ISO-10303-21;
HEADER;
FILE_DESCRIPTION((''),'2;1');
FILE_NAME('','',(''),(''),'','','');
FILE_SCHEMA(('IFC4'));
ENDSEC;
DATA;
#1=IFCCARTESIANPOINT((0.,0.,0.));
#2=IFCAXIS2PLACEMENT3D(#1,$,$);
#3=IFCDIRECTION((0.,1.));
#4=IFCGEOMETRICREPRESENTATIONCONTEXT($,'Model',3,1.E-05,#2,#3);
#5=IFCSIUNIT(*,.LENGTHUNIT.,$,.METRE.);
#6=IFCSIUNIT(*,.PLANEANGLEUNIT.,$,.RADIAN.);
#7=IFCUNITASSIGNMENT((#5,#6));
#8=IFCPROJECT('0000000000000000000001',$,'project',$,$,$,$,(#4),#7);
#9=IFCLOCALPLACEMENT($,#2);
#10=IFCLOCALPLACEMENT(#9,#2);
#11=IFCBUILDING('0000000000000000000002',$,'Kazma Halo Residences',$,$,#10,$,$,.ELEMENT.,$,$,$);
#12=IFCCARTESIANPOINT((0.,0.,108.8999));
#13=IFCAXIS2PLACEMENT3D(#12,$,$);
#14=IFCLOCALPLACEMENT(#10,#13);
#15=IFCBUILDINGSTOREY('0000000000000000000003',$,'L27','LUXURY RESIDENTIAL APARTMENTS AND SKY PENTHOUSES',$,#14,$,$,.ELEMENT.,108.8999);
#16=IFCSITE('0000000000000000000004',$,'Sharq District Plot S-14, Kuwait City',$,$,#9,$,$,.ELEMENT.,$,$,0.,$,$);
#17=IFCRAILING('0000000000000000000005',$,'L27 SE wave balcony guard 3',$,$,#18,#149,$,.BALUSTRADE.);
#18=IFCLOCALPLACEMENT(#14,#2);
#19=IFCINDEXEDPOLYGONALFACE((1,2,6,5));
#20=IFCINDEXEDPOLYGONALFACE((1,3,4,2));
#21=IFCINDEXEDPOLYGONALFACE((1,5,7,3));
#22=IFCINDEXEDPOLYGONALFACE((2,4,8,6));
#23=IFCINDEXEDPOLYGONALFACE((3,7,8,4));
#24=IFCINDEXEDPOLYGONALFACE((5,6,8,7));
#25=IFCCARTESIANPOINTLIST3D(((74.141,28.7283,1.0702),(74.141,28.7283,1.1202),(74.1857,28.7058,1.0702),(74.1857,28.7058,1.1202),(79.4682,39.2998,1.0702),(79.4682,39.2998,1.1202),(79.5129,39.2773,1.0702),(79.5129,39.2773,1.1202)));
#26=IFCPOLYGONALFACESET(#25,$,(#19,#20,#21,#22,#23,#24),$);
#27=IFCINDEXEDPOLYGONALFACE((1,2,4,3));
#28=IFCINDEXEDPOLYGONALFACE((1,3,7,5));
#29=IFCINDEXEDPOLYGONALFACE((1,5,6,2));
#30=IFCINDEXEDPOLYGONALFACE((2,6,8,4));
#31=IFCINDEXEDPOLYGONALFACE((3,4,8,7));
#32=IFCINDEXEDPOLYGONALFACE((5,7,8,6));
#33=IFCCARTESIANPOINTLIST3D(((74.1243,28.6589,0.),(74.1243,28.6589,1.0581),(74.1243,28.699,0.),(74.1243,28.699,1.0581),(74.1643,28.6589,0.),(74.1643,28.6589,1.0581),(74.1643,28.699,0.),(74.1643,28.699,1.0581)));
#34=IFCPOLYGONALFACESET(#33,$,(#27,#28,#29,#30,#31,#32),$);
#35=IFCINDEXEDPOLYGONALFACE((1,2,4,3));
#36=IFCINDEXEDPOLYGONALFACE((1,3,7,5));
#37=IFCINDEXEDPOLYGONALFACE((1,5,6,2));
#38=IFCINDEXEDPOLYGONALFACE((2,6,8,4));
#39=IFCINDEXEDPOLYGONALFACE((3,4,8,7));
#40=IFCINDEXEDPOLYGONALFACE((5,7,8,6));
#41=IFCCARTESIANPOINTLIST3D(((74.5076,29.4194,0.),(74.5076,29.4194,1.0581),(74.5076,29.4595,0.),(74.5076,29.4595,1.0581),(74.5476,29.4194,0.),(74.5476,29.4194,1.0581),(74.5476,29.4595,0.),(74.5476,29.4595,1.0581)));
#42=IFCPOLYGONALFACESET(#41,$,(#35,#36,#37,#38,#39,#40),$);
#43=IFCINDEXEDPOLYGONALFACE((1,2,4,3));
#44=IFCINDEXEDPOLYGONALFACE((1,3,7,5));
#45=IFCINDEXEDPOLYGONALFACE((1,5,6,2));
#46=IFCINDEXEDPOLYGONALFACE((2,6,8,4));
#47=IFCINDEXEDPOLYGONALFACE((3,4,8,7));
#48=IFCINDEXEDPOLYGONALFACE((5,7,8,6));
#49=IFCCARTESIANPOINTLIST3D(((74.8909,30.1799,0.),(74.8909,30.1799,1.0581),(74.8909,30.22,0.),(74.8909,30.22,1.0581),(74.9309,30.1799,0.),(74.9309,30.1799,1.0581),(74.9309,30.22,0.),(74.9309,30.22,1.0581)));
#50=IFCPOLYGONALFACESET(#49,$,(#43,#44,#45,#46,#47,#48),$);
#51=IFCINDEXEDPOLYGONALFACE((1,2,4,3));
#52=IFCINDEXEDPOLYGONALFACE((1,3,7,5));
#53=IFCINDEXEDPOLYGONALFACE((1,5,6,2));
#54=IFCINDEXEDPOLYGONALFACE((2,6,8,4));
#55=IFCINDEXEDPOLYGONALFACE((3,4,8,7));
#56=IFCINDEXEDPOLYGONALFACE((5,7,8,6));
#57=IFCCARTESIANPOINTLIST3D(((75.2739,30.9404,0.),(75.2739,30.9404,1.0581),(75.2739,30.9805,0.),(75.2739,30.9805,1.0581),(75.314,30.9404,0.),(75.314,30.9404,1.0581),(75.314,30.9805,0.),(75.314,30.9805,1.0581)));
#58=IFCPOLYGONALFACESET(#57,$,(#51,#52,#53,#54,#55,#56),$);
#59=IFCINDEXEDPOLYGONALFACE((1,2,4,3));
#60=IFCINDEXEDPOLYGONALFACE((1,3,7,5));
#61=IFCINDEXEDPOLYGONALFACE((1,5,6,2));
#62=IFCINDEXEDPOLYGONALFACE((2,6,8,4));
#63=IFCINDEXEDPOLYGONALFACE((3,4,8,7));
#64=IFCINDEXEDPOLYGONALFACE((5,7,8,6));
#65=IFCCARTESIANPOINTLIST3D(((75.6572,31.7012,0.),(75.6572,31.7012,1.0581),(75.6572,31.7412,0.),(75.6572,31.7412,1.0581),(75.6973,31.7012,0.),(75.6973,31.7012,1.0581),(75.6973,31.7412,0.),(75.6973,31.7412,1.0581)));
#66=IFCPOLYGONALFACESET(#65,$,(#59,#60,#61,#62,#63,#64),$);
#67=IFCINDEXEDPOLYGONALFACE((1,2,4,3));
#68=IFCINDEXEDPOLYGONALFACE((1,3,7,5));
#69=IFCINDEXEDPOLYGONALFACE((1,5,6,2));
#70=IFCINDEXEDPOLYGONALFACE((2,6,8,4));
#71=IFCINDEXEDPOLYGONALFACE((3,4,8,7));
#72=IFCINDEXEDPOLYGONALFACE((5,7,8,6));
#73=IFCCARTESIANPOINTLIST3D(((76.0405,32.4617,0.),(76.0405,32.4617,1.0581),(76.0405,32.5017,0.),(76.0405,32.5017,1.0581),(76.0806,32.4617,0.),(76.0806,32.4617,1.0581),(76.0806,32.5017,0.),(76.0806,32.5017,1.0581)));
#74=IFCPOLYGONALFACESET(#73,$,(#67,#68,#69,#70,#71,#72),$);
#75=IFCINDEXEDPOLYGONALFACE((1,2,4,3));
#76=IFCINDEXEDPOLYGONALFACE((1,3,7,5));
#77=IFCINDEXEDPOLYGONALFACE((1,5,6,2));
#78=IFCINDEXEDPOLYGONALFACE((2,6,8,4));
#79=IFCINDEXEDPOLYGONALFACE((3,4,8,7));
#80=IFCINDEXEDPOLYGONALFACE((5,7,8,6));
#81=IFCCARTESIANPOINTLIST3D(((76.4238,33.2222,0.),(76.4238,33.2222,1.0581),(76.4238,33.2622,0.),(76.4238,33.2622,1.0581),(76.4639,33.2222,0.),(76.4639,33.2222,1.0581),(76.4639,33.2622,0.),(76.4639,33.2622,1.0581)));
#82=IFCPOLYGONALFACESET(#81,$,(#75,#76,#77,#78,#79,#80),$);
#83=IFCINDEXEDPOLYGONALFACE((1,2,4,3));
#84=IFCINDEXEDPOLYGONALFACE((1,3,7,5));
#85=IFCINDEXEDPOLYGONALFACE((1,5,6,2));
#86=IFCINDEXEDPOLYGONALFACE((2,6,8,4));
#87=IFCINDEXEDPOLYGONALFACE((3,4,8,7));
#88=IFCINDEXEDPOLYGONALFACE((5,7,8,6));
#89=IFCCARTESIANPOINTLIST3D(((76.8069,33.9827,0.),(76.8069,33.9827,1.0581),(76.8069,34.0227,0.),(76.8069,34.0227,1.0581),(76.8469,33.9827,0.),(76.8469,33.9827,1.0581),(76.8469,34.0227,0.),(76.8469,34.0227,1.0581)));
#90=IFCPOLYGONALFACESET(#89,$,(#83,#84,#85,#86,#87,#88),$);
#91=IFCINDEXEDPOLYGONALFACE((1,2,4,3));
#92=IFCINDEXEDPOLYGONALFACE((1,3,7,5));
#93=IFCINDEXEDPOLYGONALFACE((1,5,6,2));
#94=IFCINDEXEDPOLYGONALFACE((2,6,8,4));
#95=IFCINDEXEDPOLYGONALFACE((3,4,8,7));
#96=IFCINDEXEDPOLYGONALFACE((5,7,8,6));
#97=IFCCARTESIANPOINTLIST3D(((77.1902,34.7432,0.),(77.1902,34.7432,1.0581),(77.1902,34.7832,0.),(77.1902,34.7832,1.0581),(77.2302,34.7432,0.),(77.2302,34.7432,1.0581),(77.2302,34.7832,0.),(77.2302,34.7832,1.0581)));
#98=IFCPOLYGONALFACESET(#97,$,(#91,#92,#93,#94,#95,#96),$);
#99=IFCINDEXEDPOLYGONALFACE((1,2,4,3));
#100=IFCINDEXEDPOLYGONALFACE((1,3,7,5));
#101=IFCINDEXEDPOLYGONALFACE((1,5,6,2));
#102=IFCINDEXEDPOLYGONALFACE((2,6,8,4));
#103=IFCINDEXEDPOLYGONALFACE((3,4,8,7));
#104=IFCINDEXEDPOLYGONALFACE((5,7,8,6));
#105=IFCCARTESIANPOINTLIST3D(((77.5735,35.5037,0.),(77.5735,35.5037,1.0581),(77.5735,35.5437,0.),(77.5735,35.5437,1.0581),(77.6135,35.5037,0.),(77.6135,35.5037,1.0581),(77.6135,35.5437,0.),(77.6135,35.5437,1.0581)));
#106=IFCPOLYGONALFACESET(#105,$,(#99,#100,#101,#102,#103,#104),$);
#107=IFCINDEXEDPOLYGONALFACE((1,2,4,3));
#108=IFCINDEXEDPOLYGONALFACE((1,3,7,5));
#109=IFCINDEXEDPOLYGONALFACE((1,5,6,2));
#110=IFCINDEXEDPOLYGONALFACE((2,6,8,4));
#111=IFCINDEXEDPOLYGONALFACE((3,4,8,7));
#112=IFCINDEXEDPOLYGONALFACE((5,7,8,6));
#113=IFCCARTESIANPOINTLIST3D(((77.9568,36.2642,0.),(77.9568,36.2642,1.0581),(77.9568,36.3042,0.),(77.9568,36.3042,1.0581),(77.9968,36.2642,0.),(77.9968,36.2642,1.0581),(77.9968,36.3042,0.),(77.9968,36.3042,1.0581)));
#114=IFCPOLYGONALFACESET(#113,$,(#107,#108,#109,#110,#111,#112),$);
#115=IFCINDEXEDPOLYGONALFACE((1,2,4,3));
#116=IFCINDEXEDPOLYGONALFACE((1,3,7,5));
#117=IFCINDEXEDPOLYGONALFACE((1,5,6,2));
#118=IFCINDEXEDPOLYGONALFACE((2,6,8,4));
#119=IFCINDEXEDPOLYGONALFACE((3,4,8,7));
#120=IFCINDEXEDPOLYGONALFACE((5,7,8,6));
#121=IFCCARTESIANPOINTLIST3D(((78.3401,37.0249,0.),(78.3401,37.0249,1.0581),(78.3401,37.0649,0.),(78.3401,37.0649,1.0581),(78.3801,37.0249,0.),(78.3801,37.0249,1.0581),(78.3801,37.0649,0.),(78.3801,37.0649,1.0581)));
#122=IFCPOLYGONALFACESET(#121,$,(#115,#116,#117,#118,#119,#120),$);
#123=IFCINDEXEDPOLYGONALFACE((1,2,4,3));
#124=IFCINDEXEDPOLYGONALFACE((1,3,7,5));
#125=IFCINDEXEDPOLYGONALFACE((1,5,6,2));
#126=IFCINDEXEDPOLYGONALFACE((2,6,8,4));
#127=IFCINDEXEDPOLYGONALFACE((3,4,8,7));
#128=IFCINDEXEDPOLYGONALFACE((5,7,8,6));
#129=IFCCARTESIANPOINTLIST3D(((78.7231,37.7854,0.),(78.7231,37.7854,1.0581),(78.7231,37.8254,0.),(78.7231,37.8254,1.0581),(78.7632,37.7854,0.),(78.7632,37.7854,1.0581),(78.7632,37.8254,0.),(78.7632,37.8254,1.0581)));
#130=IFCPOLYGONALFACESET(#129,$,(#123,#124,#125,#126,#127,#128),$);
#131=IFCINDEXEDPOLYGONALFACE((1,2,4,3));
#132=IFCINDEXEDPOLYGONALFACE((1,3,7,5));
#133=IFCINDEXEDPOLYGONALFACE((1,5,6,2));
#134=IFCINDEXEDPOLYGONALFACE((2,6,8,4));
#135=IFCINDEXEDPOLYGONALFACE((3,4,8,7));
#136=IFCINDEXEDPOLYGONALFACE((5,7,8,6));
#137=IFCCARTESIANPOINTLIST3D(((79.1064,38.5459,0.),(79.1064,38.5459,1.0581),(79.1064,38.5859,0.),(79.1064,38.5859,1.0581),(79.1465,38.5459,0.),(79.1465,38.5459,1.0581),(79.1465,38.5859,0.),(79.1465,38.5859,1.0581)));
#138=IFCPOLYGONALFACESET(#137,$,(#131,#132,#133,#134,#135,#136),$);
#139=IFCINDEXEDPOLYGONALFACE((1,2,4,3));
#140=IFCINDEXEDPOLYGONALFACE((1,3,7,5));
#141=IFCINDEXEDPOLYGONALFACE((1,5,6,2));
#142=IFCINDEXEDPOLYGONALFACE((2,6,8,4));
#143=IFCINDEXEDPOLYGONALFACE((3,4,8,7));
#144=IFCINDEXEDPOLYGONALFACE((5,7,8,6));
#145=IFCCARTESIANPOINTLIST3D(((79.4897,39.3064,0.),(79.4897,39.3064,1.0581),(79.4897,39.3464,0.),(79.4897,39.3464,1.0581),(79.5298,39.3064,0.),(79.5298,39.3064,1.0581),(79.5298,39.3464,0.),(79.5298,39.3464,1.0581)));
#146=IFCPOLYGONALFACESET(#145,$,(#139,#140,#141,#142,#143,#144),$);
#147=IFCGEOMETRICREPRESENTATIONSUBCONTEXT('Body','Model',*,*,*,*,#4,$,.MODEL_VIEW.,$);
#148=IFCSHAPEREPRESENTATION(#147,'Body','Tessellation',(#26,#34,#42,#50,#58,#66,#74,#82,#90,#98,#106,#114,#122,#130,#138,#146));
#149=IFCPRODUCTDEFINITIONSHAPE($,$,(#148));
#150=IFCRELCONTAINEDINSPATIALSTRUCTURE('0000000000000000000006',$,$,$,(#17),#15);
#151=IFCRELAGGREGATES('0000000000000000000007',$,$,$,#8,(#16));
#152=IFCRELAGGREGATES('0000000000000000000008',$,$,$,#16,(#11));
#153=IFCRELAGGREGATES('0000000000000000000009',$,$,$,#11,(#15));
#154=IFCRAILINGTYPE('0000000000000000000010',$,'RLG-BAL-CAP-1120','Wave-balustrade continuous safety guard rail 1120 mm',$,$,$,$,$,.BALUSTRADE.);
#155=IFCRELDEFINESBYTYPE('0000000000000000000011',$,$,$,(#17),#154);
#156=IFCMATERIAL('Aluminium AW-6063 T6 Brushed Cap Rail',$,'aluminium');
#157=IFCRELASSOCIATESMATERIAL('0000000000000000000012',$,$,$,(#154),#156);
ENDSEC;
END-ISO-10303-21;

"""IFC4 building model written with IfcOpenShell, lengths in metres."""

from ifc_helpers import new_model, si_unit, direction, frame, origin, origin_2d, place, context, subcontext, project, spatial, rectangle, extrude, material, type_object, element, save


model = new_model("IFC4")

# Units and contexts
model_context = context("Model", 3, precision=1e-05, world=origin(), true_north=direction((0.0, 1.0)))
body_context = subcontext(model_context, "Body", "Model", "MODEL_VIEW")
ifc_project = project(units=[si_unit("LENGTHUNIT", "METRE"), si_unit("PLANEANGLEUNIT", "RADIAN")], contexts=[model_context])

# Site, building, storey
site_placement = place(None, origin())
site = spatial("IfcSite", under=ifc_project, at=site_placement, Name="Sharq District Plot S-14, Kuwait City", CompositionType="ELEMENT", RefElevation=0.0)
building_placement = place(site_placement, origin())
building = spatial("IfcBuilding", under=site, at=building_placement, Name="Kazma Halo Residences", CompositionType="ELEMENT")
storey_placement = place(building_placement, frame((0.0, 0.0, 108.8999)))
storey = spatial("IfcBuildingStorey", under=building, at=storey_placement, Name="L27", Description="LUXURY RESIDENTIAL APARTMENTS AND SKY PENTHOUSES", CompositionType="ELEMENT", Elevation=108.8999)

# Railing
ifc_material_1 = material(Name="Aluminium AW-6063 T6 Brushed Cap Rail", Category="aluminium")
railing_type = type_object("IfcRailingType", Name="RLG-BAL-CAP-1120", Description="Wave-balustrade continuous safety guard rail 1120 mm", PredefinedType="BALUSTRADE", material=ifc_material_1)
railing_1_placement = place(storey_placement, frame((74.1443, 28.679, 0.0)))
element("IfcRailing", 1, at=railing_1_placement, inside=storey, type_object=railing_type, Name="L27 SE wave balcony guard 3", PredefinedType="BALUSTRADE", context=body_context, shape_type="SweptSolid", body=[
    extrude(rectangle(XDim=0.05, YDim=0.05, at=origin_2d()), frame((0.019, 0.0381, 1.0952), z_axis=(0.450013, 0.893022, 0.0), x_axis=(-0.893022, 0.450013, 0.0)), (0.0, 0.0, 1.0), 11.8379),
    extrude(rectangle(XDim=0.04, YDim=0.04, at=origin_2d()), origin(), (0.0, 0.0, 1.0), 1.0581),
    extrude(rectangle(XDim=0.04, YDim=0.04, at=origin_2d()), frame((0.3833, 0.7605, 0.0)), (0.0, 0.0, 1.0), 1.0581),
    extrude(rectangle(XDim=0.04, YDim=0.04, at=origin_2d()), frame((0.7666, 1.521, 0.0)), (0.0, 0.0, 1.0), 1.0581),
    extrude(rectangle(XDim=0.04, YDim=0.04, at=origin_2d()), frame((1.1497, 2.2815, 0.0)), (0.0, 0.0, 1.0), 1.0581),
    extrude(rectangle(XDim=0.04, YDim=0.04, at=origin_2d()), frame((1.533, 3.0422, 0.0)), (0.0, 0.0, 1.0), 1.0581),
    extrude(rectangle(XDim=0.04, YDim=0.04, at=origin_2d()), frame((1.9163, 3.8027, 0.0)), (0.0, 0.0, 1.0), 1.0581),
    extrude(rectangle(XDim=0.04, YDim=0.04, at=origin_2d()), frame((2.2996, 4.5632, 0.0)), (0.0, 0.0, 1.0), 1.0581),
    extrude(rectangle(XDim=0.04, YDim=0.04, at=origin_2d()), frame((2.6826, 5.3237, 0.0)), (0.0, 0.0, 1.0), 1.0581),
    extrude(rectangle(XDim=0.04, YDim=0.04, at=origin_2d()), frame((3.0659, 6.0842, 0.0)), (0.0, 0.0, 1.0), 1.0581),
    extrude(rectangle(XDim=0.04, YDim=0.04, at=origin_2d()), frame((3.4492, 6.8447, 0.0)), (0.0, 0.0, 1.0), 1.0581),
    extrude(rectangle(XDim=0.04, YDim=0.04, at=origin_2d()), frame((3.8325, 7.6052, 0.0)), (0.0, 0.0, 1.0), 1.0581),
    extrude(rectangle(XDim=0.04, YDim=0.04, at=origin_2d()), frame((4.2158, 8.366, 0.0)), (0.0, 0.0, 1.0), 1.0581),
    extrude(rectangle(XDim=0.04, YDim=0.04, at=origin_2d()), frame((4.5989, 9.1265, 0.0)), (0.0, 0.0, 1.0), 1.0581),
    extrude(rectangle(XDim=0.04, YDim=0.04, at=origin_2d()), frame((4.9822, 9.887, 0.0)), (0.0, 0.0, 1.0), 1.0581),
    extrude(rectangle(XDim=0.04, YDim=0.04, at=origin_2d()), frame((5.3655, 10.6475, 0.0)), (0.0, 0.0, 1.0), 1.0581),
])

save(model, "model.ifc")
